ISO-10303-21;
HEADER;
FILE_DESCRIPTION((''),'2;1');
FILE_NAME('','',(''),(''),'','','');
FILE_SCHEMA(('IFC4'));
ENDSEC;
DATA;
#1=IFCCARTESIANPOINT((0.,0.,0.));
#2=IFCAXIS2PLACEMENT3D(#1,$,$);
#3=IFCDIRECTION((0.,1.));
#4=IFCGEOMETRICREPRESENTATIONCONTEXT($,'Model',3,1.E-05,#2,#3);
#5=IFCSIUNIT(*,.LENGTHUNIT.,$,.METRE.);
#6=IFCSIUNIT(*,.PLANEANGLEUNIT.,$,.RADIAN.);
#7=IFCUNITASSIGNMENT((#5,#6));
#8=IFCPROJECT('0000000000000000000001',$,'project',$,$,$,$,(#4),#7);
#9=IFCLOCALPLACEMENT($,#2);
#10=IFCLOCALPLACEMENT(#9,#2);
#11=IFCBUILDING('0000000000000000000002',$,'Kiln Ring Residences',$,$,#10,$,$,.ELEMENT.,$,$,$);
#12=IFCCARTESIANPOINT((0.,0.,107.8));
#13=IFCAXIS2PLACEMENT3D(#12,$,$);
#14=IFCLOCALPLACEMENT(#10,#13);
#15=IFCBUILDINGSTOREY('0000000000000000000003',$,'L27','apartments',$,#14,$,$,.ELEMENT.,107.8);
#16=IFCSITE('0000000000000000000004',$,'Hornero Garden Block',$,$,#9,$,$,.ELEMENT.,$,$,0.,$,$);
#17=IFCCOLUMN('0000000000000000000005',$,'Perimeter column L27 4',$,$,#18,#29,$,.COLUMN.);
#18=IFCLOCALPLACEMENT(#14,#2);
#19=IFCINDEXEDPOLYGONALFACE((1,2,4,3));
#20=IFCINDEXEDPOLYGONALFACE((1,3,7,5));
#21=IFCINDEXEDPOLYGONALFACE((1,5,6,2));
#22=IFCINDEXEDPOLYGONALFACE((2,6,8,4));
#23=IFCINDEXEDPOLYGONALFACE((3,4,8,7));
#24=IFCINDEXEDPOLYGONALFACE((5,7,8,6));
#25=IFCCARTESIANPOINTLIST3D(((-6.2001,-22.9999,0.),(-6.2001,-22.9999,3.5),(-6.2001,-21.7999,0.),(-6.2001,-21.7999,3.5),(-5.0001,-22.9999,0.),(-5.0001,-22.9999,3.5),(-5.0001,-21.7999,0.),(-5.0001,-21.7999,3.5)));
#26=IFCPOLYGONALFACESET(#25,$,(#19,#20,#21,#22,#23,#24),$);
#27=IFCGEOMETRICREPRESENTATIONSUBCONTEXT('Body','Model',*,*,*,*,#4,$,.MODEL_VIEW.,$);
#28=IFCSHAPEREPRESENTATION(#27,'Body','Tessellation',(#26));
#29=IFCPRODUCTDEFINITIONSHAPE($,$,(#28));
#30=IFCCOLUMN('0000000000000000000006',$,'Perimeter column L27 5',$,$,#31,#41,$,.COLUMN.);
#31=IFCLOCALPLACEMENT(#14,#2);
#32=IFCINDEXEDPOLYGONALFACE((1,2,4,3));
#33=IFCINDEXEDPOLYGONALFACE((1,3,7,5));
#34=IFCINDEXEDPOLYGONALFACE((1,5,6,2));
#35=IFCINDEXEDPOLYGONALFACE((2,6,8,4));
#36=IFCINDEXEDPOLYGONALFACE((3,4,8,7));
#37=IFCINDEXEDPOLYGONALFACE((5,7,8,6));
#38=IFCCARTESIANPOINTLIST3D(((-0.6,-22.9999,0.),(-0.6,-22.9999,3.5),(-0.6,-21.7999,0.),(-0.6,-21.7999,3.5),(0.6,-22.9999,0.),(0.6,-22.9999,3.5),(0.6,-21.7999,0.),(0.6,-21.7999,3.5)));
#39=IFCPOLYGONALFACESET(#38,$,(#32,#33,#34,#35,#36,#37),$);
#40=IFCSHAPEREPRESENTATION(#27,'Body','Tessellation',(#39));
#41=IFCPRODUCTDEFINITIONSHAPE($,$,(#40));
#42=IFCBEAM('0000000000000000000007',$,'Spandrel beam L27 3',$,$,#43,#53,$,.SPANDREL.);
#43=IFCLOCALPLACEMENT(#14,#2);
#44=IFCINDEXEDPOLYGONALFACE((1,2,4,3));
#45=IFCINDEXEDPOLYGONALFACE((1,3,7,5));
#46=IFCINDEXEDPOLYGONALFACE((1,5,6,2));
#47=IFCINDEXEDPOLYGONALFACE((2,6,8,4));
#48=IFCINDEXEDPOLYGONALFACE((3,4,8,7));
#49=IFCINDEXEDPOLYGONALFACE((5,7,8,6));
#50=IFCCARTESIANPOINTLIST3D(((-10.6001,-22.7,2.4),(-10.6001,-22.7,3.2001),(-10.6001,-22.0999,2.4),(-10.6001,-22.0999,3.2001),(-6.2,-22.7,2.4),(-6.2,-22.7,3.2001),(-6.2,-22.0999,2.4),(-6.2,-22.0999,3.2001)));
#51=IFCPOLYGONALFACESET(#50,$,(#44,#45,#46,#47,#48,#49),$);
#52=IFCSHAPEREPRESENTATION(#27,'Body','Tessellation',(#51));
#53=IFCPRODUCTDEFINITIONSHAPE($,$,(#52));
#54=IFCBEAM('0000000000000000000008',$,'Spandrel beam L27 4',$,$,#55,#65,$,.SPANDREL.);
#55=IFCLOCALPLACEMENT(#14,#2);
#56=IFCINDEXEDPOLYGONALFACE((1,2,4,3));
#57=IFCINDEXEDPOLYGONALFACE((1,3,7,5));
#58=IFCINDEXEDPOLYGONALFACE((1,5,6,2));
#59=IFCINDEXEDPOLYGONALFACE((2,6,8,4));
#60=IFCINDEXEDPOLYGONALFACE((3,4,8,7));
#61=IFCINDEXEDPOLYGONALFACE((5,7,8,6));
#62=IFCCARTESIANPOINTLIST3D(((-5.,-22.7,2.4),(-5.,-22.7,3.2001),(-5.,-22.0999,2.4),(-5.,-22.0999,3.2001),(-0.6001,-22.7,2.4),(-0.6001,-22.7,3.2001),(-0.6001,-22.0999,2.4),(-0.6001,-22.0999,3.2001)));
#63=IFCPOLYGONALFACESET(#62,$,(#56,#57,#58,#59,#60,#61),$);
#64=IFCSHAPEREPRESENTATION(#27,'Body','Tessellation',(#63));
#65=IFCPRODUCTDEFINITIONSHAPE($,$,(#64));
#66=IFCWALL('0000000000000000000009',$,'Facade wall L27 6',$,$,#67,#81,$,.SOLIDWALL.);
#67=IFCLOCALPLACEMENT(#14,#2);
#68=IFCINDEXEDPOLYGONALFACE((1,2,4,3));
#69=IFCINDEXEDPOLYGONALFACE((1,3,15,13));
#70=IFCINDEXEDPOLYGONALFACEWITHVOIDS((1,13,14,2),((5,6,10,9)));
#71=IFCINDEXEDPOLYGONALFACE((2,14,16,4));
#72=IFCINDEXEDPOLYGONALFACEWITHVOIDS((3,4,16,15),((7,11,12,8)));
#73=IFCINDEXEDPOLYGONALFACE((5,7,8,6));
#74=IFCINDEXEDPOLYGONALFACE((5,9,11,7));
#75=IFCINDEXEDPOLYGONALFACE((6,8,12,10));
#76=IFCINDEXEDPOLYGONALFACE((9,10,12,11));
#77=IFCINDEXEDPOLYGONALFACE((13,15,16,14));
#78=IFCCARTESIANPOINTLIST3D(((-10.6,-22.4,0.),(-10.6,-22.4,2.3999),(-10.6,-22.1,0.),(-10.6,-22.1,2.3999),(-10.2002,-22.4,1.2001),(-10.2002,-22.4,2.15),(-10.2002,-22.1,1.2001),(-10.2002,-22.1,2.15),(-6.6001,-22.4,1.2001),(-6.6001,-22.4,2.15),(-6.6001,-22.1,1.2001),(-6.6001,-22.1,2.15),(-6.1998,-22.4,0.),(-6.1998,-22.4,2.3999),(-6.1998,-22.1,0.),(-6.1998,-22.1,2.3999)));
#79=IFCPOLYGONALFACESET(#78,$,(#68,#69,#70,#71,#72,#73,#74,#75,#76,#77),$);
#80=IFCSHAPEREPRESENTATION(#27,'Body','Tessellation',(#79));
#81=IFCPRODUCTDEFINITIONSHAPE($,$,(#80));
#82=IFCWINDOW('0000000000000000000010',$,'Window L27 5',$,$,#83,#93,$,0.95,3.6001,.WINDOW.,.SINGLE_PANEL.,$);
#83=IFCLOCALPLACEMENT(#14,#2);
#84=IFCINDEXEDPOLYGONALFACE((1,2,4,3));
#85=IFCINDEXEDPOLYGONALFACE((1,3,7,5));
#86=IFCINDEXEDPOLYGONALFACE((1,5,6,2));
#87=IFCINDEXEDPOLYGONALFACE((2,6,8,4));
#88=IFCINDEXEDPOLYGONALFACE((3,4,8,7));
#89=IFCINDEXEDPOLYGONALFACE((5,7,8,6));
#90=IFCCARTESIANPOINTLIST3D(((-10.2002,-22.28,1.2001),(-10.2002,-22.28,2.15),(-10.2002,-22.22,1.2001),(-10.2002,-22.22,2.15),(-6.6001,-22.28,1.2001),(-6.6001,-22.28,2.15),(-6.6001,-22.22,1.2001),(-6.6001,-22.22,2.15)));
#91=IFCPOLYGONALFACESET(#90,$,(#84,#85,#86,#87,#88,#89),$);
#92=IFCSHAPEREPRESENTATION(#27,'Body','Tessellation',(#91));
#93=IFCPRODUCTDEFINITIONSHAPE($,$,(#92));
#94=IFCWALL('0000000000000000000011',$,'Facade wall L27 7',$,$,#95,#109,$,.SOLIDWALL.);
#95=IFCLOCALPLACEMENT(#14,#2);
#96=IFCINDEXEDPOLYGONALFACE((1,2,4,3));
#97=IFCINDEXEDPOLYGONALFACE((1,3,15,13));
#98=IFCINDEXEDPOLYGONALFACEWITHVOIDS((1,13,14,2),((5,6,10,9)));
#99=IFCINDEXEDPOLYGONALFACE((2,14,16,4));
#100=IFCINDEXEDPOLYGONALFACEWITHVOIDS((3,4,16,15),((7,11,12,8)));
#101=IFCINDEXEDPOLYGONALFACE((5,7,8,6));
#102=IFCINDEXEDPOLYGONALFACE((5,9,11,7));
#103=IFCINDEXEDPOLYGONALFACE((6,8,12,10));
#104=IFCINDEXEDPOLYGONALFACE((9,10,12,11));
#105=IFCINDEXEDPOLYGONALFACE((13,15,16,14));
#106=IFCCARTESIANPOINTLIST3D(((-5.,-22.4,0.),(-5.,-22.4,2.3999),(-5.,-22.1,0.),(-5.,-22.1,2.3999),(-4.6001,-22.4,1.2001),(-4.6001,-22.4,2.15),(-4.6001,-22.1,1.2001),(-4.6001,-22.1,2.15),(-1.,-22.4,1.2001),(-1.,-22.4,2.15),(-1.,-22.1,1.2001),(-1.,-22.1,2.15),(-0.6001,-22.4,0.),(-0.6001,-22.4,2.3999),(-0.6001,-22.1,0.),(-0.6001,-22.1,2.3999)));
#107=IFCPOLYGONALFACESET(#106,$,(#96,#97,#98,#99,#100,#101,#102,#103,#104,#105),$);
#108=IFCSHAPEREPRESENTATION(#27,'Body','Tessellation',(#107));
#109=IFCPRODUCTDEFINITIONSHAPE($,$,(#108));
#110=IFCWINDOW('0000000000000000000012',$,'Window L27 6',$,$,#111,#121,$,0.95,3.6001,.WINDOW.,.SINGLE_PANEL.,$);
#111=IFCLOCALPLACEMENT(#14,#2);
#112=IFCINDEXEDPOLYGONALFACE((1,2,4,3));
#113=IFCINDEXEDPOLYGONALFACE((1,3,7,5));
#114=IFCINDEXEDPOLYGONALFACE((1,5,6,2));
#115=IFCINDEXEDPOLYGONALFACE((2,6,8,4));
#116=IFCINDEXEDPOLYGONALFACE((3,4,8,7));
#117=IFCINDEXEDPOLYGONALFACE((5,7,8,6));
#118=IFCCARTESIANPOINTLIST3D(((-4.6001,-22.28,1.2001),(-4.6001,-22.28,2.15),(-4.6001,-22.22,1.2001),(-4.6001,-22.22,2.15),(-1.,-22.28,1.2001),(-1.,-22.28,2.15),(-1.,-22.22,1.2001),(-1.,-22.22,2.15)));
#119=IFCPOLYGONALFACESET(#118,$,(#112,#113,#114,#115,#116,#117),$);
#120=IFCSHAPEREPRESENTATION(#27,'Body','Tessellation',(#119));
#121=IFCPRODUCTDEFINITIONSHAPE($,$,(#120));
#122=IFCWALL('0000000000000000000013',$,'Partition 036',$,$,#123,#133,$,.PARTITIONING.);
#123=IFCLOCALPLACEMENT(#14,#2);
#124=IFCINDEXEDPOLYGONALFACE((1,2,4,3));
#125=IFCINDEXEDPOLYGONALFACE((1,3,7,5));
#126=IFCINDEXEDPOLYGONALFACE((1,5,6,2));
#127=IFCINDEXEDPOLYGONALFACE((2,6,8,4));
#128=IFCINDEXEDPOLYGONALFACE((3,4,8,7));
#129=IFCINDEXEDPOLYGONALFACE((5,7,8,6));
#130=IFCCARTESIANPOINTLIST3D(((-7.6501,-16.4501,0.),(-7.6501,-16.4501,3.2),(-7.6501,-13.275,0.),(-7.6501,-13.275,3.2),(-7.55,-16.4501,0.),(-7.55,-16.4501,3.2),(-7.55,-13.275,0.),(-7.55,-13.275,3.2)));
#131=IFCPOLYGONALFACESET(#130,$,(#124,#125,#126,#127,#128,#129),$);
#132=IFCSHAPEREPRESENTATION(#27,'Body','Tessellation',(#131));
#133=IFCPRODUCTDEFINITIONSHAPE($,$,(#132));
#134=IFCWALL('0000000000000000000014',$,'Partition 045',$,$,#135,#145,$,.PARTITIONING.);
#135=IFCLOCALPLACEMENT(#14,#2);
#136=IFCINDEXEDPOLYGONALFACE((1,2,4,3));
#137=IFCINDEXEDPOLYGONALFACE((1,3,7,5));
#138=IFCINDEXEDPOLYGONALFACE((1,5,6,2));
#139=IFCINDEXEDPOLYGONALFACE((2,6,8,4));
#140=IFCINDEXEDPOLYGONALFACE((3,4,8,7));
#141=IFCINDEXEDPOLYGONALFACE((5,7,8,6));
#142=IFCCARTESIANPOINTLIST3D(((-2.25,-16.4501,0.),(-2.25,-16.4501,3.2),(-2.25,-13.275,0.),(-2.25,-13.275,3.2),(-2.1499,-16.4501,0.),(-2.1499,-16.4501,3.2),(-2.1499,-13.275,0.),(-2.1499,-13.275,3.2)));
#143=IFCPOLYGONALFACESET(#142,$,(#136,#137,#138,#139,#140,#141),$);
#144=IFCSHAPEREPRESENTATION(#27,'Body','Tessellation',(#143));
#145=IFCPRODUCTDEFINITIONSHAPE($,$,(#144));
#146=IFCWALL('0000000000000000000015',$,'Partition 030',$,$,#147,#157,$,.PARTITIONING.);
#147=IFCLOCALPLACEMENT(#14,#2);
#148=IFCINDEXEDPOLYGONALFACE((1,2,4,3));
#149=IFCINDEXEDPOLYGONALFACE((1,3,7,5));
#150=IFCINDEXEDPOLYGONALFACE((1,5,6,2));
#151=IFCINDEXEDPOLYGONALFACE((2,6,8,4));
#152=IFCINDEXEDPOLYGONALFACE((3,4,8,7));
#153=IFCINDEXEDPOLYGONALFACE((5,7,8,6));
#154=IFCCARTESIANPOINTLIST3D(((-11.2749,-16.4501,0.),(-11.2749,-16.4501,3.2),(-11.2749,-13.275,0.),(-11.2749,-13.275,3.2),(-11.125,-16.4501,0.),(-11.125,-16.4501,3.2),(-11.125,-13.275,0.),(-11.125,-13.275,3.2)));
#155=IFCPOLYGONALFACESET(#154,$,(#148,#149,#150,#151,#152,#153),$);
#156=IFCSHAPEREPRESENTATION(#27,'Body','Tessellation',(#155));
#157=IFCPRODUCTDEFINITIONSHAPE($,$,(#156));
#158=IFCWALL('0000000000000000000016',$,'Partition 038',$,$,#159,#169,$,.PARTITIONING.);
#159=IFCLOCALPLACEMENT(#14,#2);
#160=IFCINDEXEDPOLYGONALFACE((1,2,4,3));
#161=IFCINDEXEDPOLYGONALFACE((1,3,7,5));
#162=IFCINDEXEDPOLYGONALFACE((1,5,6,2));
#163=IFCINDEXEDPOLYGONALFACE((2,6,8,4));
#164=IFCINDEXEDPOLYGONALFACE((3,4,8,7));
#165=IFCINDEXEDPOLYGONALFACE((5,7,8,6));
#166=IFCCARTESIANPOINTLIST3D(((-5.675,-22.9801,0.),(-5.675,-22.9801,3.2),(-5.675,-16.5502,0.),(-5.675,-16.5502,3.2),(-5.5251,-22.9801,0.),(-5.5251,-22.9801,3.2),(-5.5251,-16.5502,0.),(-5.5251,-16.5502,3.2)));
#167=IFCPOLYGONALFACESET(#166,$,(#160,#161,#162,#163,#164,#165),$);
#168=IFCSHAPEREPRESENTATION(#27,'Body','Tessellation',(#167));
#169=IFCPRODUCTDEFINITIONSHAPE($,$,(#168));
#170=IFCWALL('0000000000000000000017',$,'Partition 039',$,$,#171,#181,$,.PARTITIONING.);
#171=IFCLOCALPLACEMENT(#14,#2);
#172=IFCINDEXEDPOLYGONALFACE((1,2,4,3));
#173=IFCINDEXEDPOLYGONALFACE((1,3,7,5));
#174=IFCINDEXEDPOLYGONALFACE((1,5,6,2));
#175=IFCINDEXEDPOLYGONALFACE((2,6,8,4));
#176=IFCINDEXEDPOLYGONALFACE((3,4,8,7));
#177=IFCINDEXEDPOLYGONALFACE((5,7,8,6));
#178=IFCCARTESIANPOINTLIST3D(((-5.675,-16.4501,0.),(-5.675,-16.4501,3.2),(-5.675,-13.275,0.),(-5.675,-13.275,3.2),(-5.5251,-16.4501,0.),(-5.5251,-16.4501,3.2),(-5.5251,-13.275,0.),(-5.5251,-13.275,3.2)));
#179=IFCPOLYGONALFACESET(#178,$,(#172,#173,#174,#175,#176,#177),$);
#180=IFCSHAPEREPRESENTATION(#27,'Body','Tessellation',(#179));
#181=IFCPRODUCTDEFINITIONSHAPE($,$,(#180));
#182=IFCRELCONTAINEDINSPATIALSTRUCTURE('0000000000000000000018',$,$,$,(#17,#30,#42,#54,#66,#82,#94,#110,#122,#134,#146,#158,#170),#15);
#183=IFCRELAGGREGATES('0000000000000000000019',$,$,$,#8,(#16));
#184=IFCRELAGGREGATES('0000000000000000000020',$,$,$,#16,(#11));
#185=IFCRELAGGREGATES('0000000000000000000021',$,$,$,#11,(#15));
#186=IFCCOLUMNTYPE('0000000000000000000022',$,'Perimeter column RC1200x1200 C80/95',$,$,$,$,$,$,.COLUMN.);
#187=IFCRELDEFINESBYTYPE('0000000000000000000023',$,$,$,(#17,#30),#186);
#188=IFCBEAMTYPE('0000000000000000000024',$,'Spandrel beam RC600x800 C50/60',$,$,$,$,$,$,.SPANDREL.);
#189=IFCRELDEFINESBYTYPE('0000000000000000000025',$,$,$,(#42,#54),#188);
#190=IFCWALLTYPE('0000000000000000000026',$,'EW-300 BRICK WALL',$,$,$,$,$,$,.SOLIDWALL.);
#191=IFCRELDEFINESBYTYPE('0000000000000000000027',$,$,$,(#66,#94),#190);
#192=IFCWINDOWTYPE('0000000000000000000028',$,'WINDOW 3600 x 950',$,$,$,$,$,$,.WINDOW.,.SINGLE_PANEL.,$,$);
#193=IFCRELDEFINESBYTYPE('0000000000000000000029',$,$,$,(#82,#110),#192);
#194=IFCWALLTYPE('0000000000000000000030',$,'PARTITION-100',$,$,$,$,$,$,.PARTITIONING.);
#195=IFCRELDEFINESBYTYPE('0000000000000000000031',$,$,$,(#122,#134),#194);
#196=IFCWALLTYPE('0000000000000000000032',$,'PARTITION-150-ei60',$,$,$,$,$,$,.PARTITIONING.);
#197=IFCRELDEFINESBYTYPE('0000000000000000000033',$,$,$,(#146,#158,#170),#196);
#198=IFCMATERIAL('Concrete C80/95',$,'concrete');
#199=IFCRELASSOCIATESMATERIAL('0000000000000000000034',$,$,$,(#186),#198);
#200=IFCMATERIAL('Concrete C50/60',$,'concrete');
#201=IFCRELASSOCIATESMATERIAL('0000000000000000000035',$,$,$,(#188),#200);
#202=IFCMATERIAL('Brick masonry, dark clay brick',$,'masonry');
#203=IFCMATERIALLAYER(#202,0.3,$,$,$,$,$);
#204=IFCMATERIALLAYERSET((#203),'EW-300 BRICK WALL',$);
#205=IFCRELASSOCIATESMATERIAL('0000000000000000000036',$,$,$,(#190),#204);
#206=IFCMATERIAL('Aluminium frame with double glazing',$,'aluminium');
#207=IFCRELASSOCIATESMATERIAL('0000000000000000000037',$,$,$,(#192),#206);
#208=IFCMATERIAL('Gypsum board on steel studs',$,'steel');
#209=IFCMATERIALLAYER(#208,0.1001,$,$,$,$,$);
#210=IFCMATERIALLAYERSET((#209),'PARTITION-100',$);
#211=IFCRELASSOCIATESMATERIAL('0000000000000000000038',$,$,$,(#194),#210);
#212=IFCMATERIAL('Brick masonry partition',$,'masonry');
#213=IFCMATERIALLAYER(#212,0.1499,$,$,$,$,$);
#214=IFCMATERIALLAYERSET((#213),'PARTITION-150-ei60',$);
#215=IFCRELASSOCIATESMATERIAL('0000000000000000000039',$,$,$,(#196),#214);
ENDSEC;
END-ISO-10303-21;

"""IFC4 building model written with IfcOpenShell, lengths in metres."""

from ifc_helpers import new_model, si_unit, direction, frame, frame_2d, origin, origin_2d, place, context, subcontext, project, spatial, rectangle, extrude, material, layer, layer_set, material_profile, profile_set, type_object, element, fill, save


model = new_model("IFC4")

# Units and contexts
model_context = context("Model", 3, precision=1e-05, world=origin(), true_north=direction((0.0, 1.0)))
body_context = subcontext(model_context, "Body", "Model", "MODEL_VIEW")
ifc_project = project(units=[si_unit("LENGTHUNIT", "METRE"), si_unit("PLANEANGLEUNIT", "RADIAN")], contexts=[model_context])

# Site, building, storey
site_placement = place(None, origin())
site = spatial("IfcSite", under=ifc_project, at=site_placement, Name="Hornero Garden Block", CompositionType="ELEMENT", RefElevation=0.0)
building_placement = place(site_placement, origin())
building = spatial("IfcBuilding", under=site, at=building_placement, Name="Kiln Ring Residences", CompositionType="ELEMENT")
storey_placement = place(building_placement, frame((0.0, 0.0, 107.8)))
storey = spatial("IfcBuildingStorey", under=building, at=storey_placement, Name="L27", Description="apartments", CompositionType="ELEMENT", Elevation=107.8)

# Columns
ifc_material_1 = material(Name="Concrete C80/95", Category="concrete")
ifc_material_profile_1 = material_profile(ifc_material_1, rectangle(XDim=1.2, YDim=1.2, at=origin_2d()), Name="RC1200x1200")
ifc_profile_set_1 = profile_set([ifc_material_profile_1], Name="Concrete C80/95")
column_type = type_object("IfcColumnType", Name="Perimeter column RC1200x1200 C80/95", PredefinedType="COLUMN", material=ifc_profile_set_1)
for number, where, z_axis, x_axis, name in (
    (1, (-5.6001, -22.3999, 0.0), (0.0, 0.0, 1.0), (1.0, 0.0, 0.0), "Perimeter column L27 4"),
    (2, (0.0, -22.3999, 0.0), (0.0, 0.0, 1.0), (1.0, 0.0, 0.0), "Perimeter column L27 5"),
):
    element("IfcColumn", number, at=place(storey_placement, frame(where, z_axis=z_axis, x_axis=x_axis)), inside=storey, type_object=column_type, Name=name, PredefinedType="COLUMN", context=body_context, shape_type="SweptSolid", body=[
        extrude(rectangle(XDim=1.2, YDim=1.2, at=origin_2d()), origin(), (0.0, 0.0, 1.0), 3.5),
    ])

# Beams
ifc_material_2 = material(Name="Concrete C50/60", Category="concrete")
ifc_material_profile_2 = material_profile(ifc_material_2, rectangle(XDim=0.6001, YDim=0.8, at=origin_2d()), Name="RC600x800")
ifc_profile_set_2 = profile_set([ifc_material_profile_2], Name="Concrete C50/60")
beam_type = type_object("IfcBeamType", Name="Spandrel beam RC600x800 C50/60", PredefinedType="SPANDREL", material=ifc_profile_set_2)
beam_1_placement = place(storey_placement, frame((-10.6001, -22.3999, 2.8), z_axis=(1.0, 0.0, 0.0), x_axis=(0.0, 1.0, 0.0)))
element("IfcBeam", 3, at=beam_1_placement, inside=storey, type_object=beam_type, Name="Spandrel beam L27 3", PredefinedType="SPANDREL", context=body_context, shape_type="SweptSolid", body=[
    extrude(rectangle(XDim=0.6001, YDim=0.8, at=origin_2d()), origin(), (0.0, 0.0, 1.0), 4.4001),
])
beam_2_placement = place(storey_placement, frame((-5.0, -22.3999, 2.8), z_axis=(1.0, 0.0, 0.0), x_axis=(0.0, 1.0, 0.0)))
element("IfcBeam", 4, at=beam_2_placement, inside=storey, type_object=beam_type, Name="Spandrel beam L27 4", PredefinedType="SPANDREL", context=body_context, shape_type="SweptSolid", body=[
    extrude(rectangle(XDim=0.6001, YDim=0.8, at=origin_2d()), origin(), (0.0, 0.0, 1.0), 4.3999),
])

# Walls, openings, windows
ifc_material_3 = material(Name="Brick masonry, dark clay brick", Category="masonry")
ifc_layer_1 = layer(ifc_material_3, 0.3)
ifc_layer_set_1 = layer_set([ifc_layer_1], Name="EW-300 BRICK WALL")
wall_type_1 = type_object("IfcWallType", Name="EW-300 BRICK WALL", PredefinedType="SOLIDWALL", material=ifc_layer_set_1)
wall_1_placement = place(storey_placement, frame((-10.6001, -22.25, 0.0), z_axis=(0.0, 0.0, 1.0), x_axis=(1.0, 0.0, 0.0)))
wall_1 = element("IfcWall", 5, at=wall_1_placement, inside=storey, type_object=wall_type_1, Name="Facade wall L27 6", PredefinedType="SOLIDWALL", context=body_context, shape_type="SweptSolid", body=[
    extrude(rectangle(XDim=4.4001, YDim=0.3, at=frame_2d((2.2002, 0.0))), origin(), (0.0, 0.0, 1.0), 2.3999),
])
opening_1_placement = place(wall_1_placement, frame((0.3999, 0.0, 1.2)))
opening_1 = element("IfcOpeningElement", 6, at=opening_1_placement, cuts=wall_1, PredefinedType="OPENING", context=body_context, shape_type="SweptSolid", body=[
    extrude(rectangle(XDim=3.6001, YDim=0.95, at=frame_2d((1.8, 0.4751))), frame((0.0, 0.1599, 0.0), z_axis=(0.0, -1.0, 0.0), x_axis=(1.0, 0.0, 0.0)), (0.0, 0.0, 1.0), 0.3201),
])
ifc_material_4 = material(Name="Aluminium frame with double glazing", Category="aluminium")
window_type = type_object("IfcWindowType", Name="WINDOW 3600 x 950", PartitioningType="SINGLE_PANEL", PredefinedType="WINDOW", material=ifc_material_4)
window_1_placement = place(opening_1_placement, origin())
window_1 = element("IfcWindow", 7, at=window_1_placement, inside=storey, type_object=window_type, Name="Window L27 5", OverallHeight=0.95, OverallWidth=3.6001, PartitioningType="SINGLE_PANEL", PredefinedType="WINDOW", context=body_context, shape_type="SweptSolid", body=[
    extrude(rectangle(XDim=3.6001, YDim=0.95, at=frame_2d((1.8, 0.4751))), frame((0.0, 0.03, 0.0), z_axis=(0.0, -1.0, 0.0), x_axis=(1.0, 0.0, 0.0)), (0.0, 0.0, 1.0), 0.0601),
])
fill(opening_1, window_1)
wall_2_placement = place(storey_placement, frame((-5.0, -22.25, 0.0), z_axis=(0.0, 0.0, 1.0), x_axis=(1.0, 0.0, 0.0)))
wall_2 = element("IfcWall", 8, at=wall_2_placement, inside=storey, type_object=wall_type_1, Name="Facade wall L27 7", PredefinedType="SOLIDWALL", context=body_context, shape_type="SweptSolid", body=[
    extrude(rectangle(XDim=4.3999, YDim=0.3, at=frame_2d((2.2, 0.0))), origin(), (0.0, 0.0, 1.0), 2.3999),
])
opening_2_placement = place(wall_2_placement, frame((0.3999, 0.0, 1.2)))
opening_2 = element("IfcOpeningElement", 9, at=opening_2_placement, cuts=wall_2, PredefinedType="OPENING", context=body_context, shape_type="SweptSolid", body=[
    extrude(rectangle(XDim=3.6001, YDim=0.95, at=frame_2d((1.8, 0.4751))), frame((0.0, 0.1599, 0.0), z_axis=(0.0, -1.0, 0.0), x_axis=(1.0, 0.0, 0.0)), (0.0, 0.0, 1.0), 0.3201),
])
window_2_placement = place(opening_2_placement, origin())
window_2 = element("IfcWindow", 10, at=window_2_placement, inside=storey, type_object=window_type, Name="Window L27 6", OverallHeight=0.95, OverallWidth=3.6001, PartitioningType="SINGLE_PANEL", PredefinedType="WINDOW", context=body_context, shape_type="SweptSolid", body=[
    extrude(rectangle(XDim=3.6001, YDim=0.95, at=frame_2d((1.8, 0.4751))), frame((0.0, 0.03, 0.0), z_axis=(0.0, -1.0, 0.0), x_axis=(1.0, 0.0, 0.0)), (0.0, 0.0, 1.0), 0.0601),
])
fill(opening_2, window_2)

# Walls
ifc_material_5 = material(Name="Gypsum board on steel studs", Category="steel")
ifc_layer_2 = layer(ifc_material_5, 0.1001)
ifc_layer_set_2 = layer_set([ifc_layer_2], Name="PARTITION-100")
wall_type_2 = type_object("IfcWallType", Name="PARTITION-100", PredefinedType="PARTITIONING", material=ifc_layer_set_2)
for number, where, z_axis, x_axis, name in (
    (11, (-7.6001, -16.45, 0.0), (0.0, 0.0, 1.0), (0.0, 1.0, 0.0), "Partition 036"),
    (12, (-2.2, -16.45, 0.0), (0.0, 0.0, 1.0), (0.0, 1.0, 0.0), "Partition 045"),
):
    element("IfcWall", number, at=place(storey_placement, frame(where, z_axis=z_axis, x_axis=x_axis)), inside=storey, type_object=wall_type_2, Name=name, PredefinedType="PARTITIONING", context=body_context, shape_type="SweptSolid", body=[
        extrude(rectangle(XDim=3.175, YDim=0.1001, at=frame_2d((1.5874, 0.0))), origin(), (0.0, 0.0, 1.0), 3.2),
    ])
ifc_material_6 = material(Name="Brick masonry partition", Category="masonry")
ifc_layer_3 = layer(ifc_material_6, 0.1499)
ifc_layer_set_3 = layer_set([ifc_layer_3], Name="PARTITION-150-ei60")
wall_type_3 = type_object("IfcWallType", Name="PARTITION-150-ei60", PredefinedType="PARTITIONING", material=ifc_layer_set_3)
wall_3_placement = place(storey_placement, frame((-11.2, -16.45, 0.0), z_axis=(0.0, 0.0, 1.0), x_axis=(0.0, 1.0, 0.0)))
element("IfcWall", 13, at=wall_3_placement, inside=storey, type_object=wall_type_3, Name="Partition 030", PredefinedType="PARTITIONING", context=body_context, shape_type="SweptSolid", body=[
    extrude(rectangle(XDim=3.175, YDim=0.1499, at=frame_2d((1.5874, 0.0))), origin(), (0.0, 0.0, 1.0), 3.2),
])
wall_4_placement = place(storey_placement, frame((-5.6001, -22.98, 0.0), z_axis=(0.0, 0.0, 1.0), x_axis=(0.0, 1.0, 0.0)))
element("IfcWall", 14, at=wall_4_placement, inside=storey, type_object=wall_type_3, Name="Partition 038", PredefinedType="PARTITIONING", context=body_context, shape_type="SweptSolid", body=[
    extrude(rectangle(XDim=6.4299, YDim=0.1499, at=frame_2d((3.2148, 0.0))), origin(), (0.0, 0.0, 1.0), 3.2),
])
wall_5_placement = place(storey_placement, frame((-5.6001, -16.45, 0.0), z_axis=(0.0, 0.0, 1.0), x_axis=(0.0, 1.0, 0.0)))
element("IfcWall", 15, at=wall_5_placement, inside=storey, type_object=wall_type_3, Name="Partition 039", PredefinedType="PARTITIONING", context=body_context, shape_type="SweptSolid", body=[
    extrude(rectangle(XDim=3.175, YDim=0.1499, at=frame_2d((1.5874, 0.0))), origin(), (0.0, 0.0, 1.0), 3.2),
])

save(model, "model.ifc")
